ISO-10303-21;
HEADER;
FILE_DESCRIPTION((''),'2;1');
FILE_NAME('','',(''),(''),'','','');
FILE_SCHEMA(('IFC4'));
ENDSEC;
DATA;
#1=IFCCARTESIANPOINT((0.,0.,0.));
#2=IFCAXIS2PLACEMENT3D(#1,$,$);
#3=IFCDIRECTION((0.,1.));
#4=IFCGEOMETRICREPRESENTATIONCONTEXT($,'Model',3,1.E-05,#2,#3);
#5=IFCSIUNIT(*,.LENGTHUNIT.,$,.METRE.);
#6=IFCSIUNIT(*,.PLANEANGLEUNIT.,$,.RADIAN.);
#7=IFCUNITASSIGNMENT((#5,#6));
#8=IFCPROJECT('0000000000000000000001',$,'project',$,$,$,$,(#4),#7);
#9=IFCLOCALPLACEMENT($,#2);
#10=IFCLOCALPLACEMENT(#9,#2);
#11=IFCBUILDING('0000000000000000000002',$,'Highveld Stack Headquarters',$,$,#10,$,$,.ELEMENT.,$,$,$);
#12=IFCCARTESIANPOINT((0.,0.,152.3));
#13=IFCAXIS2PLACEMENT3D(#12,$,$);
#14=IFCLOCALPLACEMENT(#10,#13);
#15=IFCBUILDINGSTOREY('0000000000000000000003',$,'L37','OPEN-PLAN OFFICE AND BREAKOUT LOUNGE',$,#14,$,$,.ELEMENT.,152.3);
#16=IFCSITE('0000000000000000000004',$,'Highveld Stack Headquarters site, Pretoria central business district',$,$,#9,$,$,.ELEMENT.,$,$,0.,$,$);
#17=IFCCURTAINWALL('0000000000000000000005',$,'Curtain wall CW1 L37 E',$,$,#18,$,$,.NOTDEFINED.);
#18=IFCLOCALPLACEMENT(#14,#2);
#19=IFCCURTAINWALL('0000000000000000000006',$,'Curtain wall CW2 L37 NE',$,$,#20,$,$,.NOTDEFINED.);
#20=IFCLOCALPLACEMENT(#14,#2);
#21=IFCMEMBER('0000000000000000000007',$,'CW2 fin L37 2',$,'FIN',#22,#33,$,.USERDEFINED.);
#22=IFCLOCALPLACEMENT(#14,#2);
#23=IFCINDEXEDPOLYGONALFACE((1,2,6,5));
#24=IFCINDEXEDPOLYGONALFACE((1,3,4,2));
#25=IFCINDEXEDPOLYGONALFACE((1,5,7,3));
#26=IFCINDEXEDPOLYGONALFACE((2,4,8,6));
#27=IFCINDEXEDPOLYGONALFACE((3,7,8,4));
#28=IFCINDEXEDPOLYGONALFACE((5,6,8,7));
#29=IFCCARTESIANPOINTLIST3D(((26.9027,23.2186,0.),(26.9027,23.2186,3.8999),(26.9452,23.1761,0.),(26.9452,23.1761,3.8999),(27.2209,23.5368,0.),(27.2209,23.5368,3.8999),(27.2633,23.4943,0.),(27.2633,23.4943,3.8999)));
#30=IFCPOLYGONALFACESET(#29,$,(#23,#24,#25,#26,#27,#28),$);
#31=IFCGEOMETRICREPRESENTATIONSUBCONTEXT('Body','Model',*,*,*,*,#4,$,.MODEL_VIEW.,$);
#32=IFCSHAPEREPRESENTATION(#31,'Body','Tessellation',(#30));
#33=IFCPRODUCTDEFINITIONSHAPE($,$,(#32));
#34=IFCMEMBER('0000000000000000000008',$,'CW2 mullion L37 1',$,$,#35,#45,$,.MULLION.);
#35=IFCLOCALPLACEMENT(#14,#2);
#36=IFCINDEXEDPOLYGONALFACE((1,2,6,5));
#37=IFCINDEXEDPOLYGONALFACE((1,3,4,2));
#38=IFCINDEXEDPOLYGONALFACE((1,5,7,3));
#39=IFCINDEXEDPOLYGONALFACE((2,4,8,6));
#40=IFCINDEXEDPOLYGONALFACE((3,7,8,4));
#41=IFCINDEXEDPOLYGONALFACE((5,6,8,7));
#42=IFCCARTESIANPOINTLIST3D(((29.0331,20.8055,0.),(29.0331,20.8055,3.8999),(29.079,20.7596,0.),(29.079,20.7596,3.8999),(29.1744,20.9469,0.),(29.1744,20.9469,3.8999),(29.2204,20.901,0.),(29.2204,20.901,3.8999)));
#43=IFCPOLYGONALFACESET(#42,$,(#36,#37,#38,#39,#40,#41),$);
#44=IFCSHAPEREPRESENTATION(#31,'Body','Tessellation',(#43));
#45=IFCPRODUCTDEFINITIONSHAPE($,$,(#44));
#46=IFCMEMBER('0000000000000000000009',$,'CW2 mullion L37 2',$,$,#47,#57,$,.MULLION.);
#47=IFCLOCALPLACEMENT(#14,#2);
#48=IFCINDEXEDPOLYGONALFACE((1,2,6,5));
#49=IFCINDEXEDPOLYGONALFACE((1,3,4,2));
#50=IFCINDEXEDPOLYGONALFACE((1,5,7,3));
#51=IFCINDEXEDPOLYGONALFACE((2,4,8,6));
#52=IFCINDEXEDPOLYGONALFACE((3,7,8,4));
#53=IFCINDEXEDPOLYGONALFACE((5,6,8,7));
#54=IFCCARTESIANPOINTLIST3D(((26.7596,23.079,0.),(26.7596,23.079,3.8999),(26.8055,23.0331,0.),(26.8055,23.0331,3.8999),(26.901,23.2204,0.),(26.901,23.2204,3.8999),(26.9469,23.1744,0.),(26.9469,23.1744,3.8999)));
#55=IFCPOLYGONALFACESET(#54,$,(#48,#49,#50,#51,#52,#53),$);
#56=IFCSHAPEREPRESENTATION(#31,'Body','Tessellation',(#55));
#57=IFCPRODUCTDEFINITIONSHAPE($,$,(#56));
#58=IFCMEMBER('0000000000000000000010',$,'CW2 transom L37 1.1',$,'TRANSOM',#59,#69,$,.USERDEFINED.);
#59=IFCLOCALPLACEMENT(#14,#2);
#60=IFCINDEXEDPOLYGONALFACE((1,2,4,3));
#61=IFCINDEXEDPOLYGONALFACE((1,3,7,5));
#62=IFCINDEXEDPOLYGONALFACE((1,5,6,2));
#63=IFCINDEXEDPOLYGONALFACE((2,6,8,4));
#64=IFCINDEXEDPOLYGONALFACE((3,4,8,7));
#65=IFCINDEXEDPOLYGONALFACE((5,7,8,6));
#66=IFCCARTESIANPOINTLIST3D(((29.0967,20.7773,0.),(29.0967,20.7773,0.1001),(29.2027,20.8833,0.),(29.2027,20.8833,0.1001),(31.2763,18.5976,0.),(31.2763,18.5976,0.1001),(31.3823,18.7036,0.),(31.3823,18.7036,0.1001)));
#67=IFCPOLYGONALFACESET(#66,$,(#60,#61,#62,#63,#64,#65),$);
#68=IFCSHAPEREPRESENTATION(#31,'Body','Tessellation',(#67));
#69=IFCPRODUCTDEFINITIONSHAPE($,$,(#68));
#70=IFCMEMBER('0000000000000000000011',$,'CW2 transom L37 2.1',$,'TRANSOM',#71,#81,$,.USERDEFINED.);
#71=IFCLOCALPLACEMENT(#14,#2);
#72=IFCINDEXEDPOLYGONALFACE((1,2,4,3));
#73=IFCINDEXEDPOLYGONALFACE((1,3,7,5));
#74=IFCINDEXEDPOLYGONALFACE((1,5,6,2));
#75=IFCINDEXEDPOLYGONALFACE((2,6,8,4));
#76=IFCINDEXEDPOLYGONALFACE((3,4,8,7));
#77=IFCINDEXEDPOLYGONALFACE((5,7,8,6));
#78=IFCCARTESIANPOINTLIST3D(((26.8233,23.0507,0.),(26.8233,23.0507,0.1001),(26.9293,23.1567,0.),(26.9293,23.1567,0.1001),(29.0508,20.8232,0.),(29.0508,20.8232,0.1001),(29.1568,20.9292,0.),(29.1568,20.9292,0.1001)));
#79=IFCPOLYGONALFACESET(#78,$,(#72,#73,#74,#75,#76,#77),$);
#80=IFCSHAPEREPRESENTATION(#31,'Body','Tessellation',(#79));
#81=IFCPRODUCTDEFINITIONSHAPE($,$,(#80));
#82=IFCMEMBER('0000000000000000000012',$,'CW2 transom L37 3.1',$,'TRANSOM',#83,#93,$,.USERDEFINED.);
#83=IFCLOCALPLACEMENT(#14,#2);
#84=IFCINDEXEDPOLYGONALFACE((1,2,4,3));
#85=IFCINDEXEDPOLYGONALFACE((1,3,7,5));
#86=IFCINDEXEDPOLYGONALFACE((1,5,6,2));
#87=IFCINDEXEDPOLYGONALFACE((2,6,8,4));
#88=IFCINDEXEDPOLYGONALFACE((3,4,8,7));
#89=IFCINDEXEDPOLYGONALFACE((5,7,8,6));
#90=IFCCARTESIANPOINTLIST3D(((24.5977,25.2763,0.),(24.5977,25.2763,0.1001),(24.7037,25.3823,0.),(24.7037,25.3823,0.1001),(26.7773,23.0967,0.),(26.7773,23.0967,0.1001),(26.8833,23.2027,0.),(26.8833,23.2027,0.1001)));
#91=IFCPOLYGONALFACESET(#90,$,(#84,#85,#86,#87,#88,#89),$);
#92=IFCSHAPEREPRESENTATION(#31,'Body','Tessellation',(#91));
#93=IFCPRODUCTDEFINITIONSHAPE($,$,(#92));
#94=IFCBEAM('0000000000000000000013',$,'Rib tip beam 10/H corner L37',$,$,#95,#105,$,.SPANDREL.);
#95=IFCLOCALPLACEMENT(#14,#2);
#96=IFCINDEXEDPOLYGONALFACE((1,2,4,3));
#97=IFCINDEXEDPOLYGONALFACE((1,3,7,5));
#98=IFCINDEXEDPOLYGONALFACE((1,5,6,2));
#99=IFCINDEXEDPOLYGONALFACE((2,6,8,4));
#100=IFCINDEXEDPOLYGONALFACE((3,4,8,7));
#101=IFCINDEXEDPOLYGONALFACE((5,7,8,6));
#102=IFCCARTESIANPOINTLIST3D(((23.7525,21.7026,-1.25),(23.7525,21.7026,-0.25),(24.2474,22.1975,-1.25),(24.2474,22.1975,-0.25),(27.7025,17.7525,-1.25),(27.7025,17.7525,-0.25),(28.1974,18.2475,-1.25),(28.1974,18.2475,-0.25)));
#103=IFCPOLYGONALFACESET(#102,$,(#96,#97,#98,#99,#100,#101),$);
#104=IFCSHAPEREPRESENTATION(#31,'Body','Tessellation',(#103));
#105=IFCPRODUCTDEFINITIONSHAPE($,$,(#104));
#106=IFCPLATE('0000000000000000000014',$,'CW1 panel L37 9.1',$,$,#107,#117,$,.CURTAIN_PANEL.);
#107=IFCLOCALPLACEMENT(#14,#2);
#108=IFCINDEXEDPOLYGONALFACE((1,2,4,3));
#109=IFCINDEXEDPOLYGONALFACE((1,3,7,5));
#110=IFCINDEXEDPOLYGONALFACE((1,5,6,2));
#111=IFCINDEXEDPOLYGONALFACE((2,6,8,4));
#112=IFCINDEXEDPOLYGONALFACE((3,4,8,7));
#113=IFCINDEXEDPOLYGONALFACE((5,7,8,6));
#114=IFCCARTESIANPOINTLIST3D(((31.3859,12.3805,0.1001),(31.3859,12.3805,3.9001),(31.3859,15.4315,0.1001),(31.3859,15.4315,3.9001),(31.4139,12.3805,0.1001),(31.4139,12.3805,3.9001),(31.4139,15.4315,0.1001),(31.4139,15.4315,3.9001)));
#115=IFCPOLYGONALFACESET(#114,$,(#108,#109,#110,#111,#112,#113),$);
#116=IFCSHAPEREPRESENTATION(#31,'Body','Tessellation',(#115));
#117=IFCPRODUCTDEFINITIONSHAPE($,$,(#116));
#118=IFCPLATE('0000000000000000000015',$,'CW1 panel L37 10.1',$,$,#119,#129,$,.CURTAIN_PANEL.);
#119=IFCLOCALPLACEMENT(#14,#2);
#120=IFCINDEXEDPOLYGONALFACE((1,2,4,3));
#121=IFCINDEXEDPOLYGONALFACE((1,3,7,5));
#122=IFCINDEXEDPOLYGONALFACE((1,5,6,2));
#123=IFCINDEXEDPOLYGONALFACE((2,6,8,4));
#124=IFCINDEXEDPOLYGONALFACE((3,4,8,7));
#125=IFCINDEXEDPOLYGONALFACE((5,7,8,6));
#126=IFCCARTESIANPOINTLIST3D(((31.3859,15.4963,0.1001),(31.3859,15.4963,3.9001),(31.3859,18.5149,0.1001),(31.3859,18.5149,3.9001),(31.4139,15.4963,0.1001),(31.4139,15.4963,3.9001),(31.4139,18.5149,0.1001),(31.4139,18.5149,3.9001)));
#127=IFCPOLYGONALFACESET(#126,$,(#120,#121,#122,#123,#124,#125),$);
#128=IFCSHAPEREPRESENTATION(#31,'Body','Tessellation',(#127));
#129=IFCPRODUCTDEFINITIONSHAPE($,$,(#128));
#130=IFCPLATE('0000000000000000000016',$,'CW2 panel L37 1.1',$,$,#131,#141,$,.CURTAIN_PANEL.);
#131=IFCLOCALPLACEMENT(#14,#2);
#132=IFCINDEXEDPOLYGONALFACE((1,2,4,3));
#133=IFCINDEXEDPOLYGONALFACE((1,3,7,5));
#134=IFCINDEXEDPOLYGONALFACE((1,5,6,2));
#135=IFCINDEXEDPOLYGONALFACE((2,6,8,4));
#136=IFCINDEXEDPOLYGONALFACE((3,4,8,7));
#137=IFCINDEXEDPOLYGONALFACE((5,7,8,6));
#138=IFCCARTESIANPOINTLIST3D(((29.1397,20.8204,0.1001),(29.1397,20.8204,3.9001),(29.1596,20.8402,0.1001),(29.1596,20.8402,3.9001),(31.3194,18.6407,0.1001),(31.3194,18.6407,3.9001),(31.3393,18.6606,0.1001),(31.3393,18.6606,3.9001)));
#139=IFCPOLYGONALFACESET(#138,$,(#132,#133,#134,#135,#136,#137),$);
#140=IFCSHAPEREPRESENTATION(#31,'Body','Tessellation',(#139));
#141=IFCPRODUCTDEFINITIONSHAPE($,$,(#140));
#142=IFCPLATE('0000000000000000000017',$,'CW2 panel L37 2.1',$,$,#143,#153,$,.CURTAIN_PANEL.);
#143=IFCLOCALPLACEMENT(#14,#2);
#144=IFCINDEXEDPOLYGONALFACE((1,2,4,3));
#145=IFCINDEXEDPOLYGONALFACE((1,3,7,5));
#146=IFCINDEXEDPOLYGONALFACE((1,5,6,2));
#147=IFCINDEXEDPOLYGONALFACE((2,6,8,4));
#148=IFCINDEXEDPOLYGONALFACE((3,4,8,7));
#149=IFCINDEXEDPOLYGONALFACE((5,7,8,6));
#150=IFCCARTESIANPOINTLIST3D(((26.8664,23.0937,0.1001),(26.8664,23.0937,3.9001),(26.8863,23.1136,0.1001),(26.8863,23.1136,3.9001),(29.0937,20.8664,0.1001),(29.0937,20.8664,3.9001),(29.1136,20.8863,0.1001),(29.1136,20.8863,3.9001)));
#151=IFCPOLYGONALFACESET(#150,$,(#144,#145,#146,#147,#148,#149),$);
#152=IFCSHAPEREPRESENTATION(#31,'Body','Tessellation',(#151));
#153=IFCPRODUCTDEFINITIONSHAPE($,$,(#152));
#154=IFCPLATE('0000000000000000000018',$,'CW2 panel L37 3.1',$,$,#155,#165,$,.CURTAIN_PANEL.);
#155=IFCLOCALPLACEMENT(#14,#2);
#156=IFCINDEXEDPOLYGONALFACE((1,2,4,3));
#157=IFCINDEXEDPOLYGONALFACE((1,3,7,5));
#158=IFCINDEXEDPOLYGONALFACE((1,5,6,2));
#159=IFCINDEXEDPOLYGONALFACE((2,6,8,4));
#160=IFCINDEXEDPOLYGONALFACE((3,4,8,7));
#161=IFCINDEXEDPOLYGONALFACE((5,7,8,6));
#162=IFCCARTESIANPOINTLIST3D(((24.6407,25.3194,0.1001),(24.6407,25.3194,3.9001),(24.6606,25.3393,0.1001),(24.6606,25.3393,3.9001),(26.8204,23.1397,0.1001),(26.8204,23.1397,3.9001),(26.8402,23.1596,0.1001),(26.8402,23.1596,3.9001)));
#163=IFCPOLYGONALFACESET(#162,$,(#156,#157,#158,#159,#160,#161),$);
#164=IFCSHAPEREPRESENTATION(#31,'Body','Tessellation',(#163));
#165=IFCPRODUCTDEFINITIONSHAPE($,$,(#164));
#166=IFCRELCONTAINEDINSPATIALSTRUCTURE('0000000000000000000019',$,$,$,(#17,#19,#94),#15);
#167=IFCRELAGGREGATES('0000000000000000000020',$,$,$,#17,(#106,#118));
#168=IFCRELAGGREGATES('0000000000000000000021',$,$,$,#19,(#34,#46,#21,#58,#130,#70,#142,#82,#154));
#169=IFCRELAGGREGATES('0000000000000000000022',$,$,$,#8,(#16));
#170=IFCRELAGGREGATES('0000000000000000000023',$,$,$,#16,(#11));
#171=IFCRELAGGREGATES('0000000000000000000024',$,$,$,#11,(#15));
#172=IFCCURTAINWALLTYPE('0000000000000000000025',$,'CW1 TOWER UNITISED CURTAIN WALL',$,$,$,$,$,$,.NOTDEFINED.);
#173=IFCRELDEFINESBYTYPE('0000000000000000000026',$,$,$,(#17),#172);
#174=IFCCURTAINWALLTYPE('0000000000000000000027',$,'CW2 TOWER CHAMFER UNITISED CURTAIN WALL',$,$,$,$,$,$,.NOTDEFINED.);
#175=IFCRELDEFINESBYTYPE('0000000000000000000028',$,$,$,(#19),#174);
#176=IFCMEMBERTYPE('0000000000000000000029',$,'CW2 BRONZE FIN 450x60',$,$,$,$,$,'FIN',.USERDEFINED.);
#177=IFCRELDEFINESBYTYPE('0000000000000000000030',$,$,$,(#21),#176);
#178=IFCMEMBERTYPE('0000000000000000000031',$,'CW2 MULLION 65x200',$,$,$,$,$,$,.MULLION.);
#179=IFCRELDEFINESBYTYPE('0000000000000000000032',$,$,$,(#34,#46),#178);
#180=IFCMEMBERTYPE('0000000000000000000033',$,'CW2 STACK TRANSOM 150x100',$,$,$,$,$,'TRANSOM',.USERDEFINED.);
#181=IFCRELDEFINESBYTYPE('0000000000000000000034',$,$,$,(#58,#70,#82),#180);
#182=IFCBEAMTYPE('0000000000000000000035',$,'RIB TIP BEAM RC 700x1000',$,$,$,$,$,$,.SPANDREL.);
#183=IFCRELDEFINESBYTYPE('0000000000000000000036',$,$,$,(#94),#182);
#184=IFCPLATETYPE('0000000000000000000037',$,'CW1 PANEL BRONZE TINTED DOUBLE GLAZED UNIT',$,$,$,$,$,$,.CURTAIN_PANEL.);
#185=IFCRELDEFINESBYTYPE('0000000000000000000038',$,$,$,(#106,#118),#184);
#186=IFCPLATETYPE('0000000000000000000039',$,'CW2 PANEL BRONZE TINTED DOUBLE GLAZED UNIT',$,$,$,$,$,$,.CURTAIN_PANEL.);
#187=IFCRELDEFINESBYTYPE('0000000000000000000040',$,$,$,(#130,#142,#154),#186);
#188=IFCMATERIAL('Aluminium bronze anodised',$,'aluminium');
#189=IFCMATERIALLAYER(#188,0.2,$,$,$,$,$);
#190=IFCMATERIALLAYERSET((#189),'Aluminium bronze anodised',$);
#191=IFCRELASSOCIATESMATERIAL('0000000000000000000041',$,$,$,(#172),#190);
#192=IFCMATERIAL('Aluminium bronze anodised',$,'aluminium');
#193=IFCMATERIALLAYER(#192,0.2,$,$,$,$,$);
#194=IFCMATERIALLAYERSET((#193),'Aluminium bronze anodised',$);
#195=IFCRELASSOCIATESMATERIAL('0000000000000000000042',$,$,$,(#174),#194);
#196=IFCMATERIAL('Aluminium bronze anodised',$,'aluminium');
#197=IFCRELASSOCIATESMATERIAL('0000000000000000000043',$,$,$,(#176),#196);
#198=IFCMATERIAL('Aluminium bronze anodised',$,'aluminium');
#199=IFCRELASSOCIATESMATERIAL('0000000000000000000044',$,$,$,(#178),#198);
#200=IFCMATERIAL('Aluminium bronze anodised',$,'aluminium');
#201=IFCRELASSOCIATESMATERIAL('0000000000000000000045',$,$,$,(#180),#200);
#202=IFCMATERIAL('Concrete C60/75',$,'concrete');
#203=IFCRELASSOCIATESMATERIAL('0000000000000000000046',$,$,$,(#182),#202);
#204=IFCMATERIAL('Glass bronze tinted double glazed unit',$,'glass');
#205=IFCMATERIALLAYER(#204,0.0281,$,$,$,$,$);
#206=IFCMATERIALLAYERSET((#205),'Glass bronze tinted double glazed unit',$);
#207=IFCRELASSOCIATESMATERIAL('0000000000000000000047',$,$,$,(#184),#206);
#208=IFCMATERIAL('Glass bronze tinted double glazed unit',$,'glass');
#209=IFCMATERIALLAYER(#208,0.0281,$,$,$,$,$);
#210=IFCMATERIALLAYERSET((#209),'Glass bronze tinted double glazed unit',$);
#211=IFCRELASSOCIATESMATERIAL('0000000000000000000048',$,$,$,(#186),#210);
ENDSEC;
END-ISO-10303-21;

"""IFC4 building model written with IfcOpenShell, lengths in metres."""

from ifc_helpers import new_model, si_unit, direction, frame, origin, origin_2d, place, context, subcontext, project, spatial, rectangle, extrude, material, layer, layer_set, material_profile, profile_set, type_object, element, aggregate, save


model = new_model("IFC4")

# Units and contexts
model_context = context("Model", 3, precision=1e-05, world=origin(), true_north=direction((0.0, 1.0)))
body_context = subcontext(model_context, "Body", "Model", "MODEL_VIEW")
ifc_project = project(units=[si_unit("LENGTHUNIT", "METRE"), si_unit("PLANEANGLEUNIT", "RADIAN")], contexts=[model_context])

# Site, building, storey
site_placement = place(None, origin())
site = spatial("IfcSite", under=ifc_project, at=site_placement, Name="Highveld Stack Headquarters site, Pretoria central business district", CompositionType="ELEMENT", RefElevation=0.0)
building_placement = place(site_placement, origin())
building = spatial("IfcBuilding", under=site, at=building_placement, Name="Highveld Stack Headquarters", CompositionType="ELEMENT")
storey_placement = place(building_placement, frame((0.0, 0.0, 152.3)))
storey = spatial("IfcBuildingStorey", under=building, at=storey_placement, Name="L37", Description="OPEN-PLAN OFFICE AND BREAKOUT LOUNGE", CompositionType="ELEMENT", Elevation=152.3)

# Curtain wall
ifc_material_1 = material(Name="Aluminium bronze anodised", Category="aluminium")
ifc_layer_1 = layer(ifc_material_1, 0.2)
ifc_layer_set_1 = layer_set([ifc_layer_1], Name="Aluminium bronze anodised")
curtain_wall_type_1 = type_object("IfcCurtainWallType", Name="CW1 TOWER UNITISED CURTAIN WALL", PredefinedType="NOTDEFINED", material=ifc_layer_set_1)
curtain_wall_1_placement = place(storey_placement, origin())
curtain_wall_1 = element("IfcCurtainWall", 1, at=curtain_wall_1_placement, inside=storey, type_object=curtain_wall_type_1, Name="Curtain wall CW1 L37 E", PredefinedType="NOTDEFINED")

# Curtain wall, members
ifc_material_2 = material(Name="Aluminium bronze anodised", Category="aluminium")
ifc_layer_2 = layer(ifc_material_2, 0.2)
ifc_layer_set_2 = layer_set([ifc_layer_2], Name="Aluminium bronze anodised")
curtain_wall_type_2 = type_object("IfcCurtainWallType", Name="CW2 TOWER CHAMFER UNITISED CURTAIN WALL", PredefinedType="NOTDEFINED", material=ifc_layer_set_2)
curtain_wall_2_placement = place(storey_placement, origin())
curtain_wall_2 = element("IfcCurtainWall", 2, at=curtain_wall_2_placement, inside=storey, type_object=curtain_wall_type_2, Name="Curtain wall CW2 L37 NE", PredefinedType="NOTDEFINED")
ifc_material_3 = material(Name="Aluminium bronze anodised", Category="aluminium")
ifc_material_profile_1 = material_profile(ifc_material_3, rectangle(XDim=0.45, YDim=0.0601, at=origin_2d()), Name="FIN 450x60")
ifc_profile_set_1 = profile_set([ifc_material_profile_1], Name="Aluminium bronze anodised")
member_type_1 = type_object("IfcMemberType", Name="CW2 BRONZE FIN 450x60", ElementType="FIN", PredefinedType="USERDEFINED", material=ifc_profile_set_1)
member_1_placement = place(storey_placement, frame((27.083, 23.3564, 0.0), z_axis=(0.0, 0.0, 1.0), x_axis=(-0.707107, -0.707107, 0.0)))
member_1 = element("IfcMember", 3, at=member_1_placement, type_object=member_type_1, Name="CW2 fin L37 2", ObjectType="FIN", PredefinedType="USERDEFINED", context=body_context, shape_type="SweptSolid", body=[
    extrude(rectangle(XDim=0.45, YDim=0.0601, at=origin_2d()), origin(), (0.0, 0.0, 1.0), 3.8999),
])
ifc_material_4 = material(Name="Aluminium bronze anodised", Category="aluminium")
ifc_material_profile_2 = material_profile(ifc_material_4, rectangle(XDim=0.2, YDim=0.0649, at=origin_2d()), Name="CW2 MULLION 65x200")
ifc_profile_set_2 = profile_set([ifc_material_profile_2], Name="Aluminium bronze anodised")
member_type_2 = type_object("IfcMemberType", Name="CW2 MULLION 65x200", PredefinedType="MULLION", material=ifc_profile_set_2)
member_2_placement = place(storey_placement, frame((29.1267, 20.8533, 0.0), z_axis=(0.0, 0.0, 1.0), x_axis=(-0.707107, -0.707107, 0.0)))
member_2 = element("IfcMember", 4, at=member_2_placement, type_object=member_type_2, Name="CW2 mullion L37 1", PredefinedType="MULLION", context=body_context, shape_type="SweptSolid", body=[
    extrude(rectangle(XDim=0.2, YDim=0.0649, at=origin_2d()), origin(), (0.0, 0.0, 1.0), 3.8999),
])
member_3_placement = place(storey_placement, frame((26.8533, 23.1267, 0.0), z_axis=(0.0, 0.0, 1.0), x_axis=(-0.707107, -0.707107, 0.0)))
member_3 = element("IfcMember", 5, at=member_3_placement, type_object=member_type_2, Name="CW2 mullion L37 2", PredefinedType="MULLION", context=body_context, shape_type="SweptSolid", body=[
    extrude(rectangle(XDim=0.2, YDim=0.0649, at=origin_2d()), origin(), (0.0, 0.0, 1.0), 3.8999),
])
ifc_material_5 = material(Name="Aluminium bronze anodised", Category="aluminium")
ifc_material_profile_3 = material_profile(ifc_material_5, rectangle(XDim=0.1499, YDim=0.1001, at=origin_2d()), Name="CW2 TRANSOM 150x100")
ifc_profile_set_3 = profile_set([ifc_material_profile_3], Name="Aluminium bronze anodised")
member_type_3 = type_object("IfcMemberType", Name="CW2 STACK TRANSOM 150x100", ElementType="TRANSOM", PredefinedType="USERDEFINED", material=ifc_profile_set_3)
member_4_placement = place(storey_placement, frame((31.3293, 18.6506, 0.05), z_axis=(-0.707107, 0.707107, 0.0), x_axis=(-0.707107, -0.707107, 0.0)))
member_4 = element("IfcMember", 6, at=member_4_placement, type_object=member_type_3, Name="CW2 transom L37 1.1", ObjectType="TRANSOM", PredefinedType="USERDEFINED", context=body_context, shape_type="SweptSolid", body=[
    extrude(rectangle(XDim=0.1499, YDim=0.1001, at=origin_2d()), origin(), (0.0, 0.0, 1.0), 3.0825),
])
member_5_placement = place(storey_placement, frame((29.1038, 20.8762, 0.05), z_axis=(-0.707107, 0.707107, 0.0), x_axis=(-0.707107, -0.707107, 0.0)))
member_5 = element("IfcMember", 7, at=member_5_placement, type_object=member_type_3, Name="CW2 transom L37 2.1", ObjectType="TRANSOM", PredefinedType="USERDEFINED", context=body_context, shape_type="SweptSolid", body=[
    extrude(rectangle(XDim=0.1499, YDim=0.1001, at=origin_2d()), origin(), (0.0, 0.0, 1.0), 3.1501),
])
member_6_placement = place(storey_placement, frame((26.8303, 23.1497, 0.05), z_axis=(-0.707107, 0.707107, 0.0), x_axis=(-0.707107, -0.707107, 0.0)))
member_6 = element("IfcMember", 8, at=member_6_placement, type_object=member_type_3, Name="CW2 transom L37 3.1", ObjectType="TRANSOM", PredefinedType="USERDEFINED", context=body_context, shape_type="SweptSolid", body=[
    extrude(rectangle(XDim=0.1499, YDim=0.1001, at=origin_2d()), origin(), (0.0, 0.0, 1.0), 3.0825),
])

# Beam
ifc_material_6 = material(Name="Concrete C60/75", Category="concrete")
ifc_material_profile_4 = material_profile(ifc_material_6, rectangle(XDim=0.7, YDim=1.0, at=origin_2d()), Name="RC 700x1000")
ifc_profile_set_4 = profile_set([ifc_material_profile_4], Name="Concrete C60/75")
beam_type_1 = type_object("IfcBeamType", Name="RIB TIP BEAM RC 700x1000", PredefinedType="SPANDREL", material=ifc_profile_set_4)
beam_1_placement = place(storey_placement, frame((27.95, 18.0, -0.75), z_axis=(-0.707107, 0.707107, 0.0), x_axis=(-0.707107, -0.707107, 0.0)))
element("IfcBeam", 9, at=beam_1_placement, inside=storey, type_object=beam_type_1, Name="Rib tip beam 10/H corner L37", PredefinedType="SPANDREL", context=body_context, shape_type="SweptSolid", body=[
    extrude(rectangle(XDim=0.7, YDim=1.0, at=origin_2d()), origin(), (0.0, 0.0, 1.0), 5.5862),
])

# Plates
ifc_material_7 = material(Name="Glass bronze tinted double glazed unit", Category="glass")
ifc_layer_3 = layer(ifc_material_7, 0.0281)
ifc_layer_set_3 = layer_set([ifc_layer_3], Name="Glass bronze tinted double glazed unit")
plate_type_1 = type_object("IfcPlateType", Name="CW1 PANEL BRONZE TINTED DOUBLE GLAZED UNIT", PredefinedType="CURTAIN_PANEL", material=ifc_layer_set_3)
plate_1_placement = place(storey_placement, frame((31.3999, 13.906, 0.1001), z_axis=(0.0, 0.0, 1.0), x_axis=(0.0, 1.0, 0.0)))
plate_1 = element("IfcPlate", 10, at=plate_1_placement, type_object=plate_type_1, Name="CW1 panel L37 9.1", PredefinedType="CURTAIN_PANEL", context=body_context, shape_type="SweptSolid", body=[
    extrude(rectangle(XDim=3.051, YDim=0.0281, at=origin_2d()), origin(), (0.0, 0.0, 1.0), 3.8),
])
plate_2_placement = place(storey_placement, frame((31.3999, 17.0056, 0.1001), z_axis=(0.0, 0.0, 1.0), x_axis=(0.0, 1.0, 0.0)))
plate_2 = element("IfcPlate", 11, at=plate_2_placement, type_object=plate_type_1, Name="CW1 panel L37 10.1", PredefinedType="CURTAIN_PANEL", context=body_context, shape_type="SweptSolid", body=[
    extrude(rectangle(XDim=3.0186, YDim=0.0281, at=origin_2d()), origin(), (0.0, 0.0, 1.0), 3.8),
])
aggregate(curtain_wall_1, [plate_1, plate_2])
ifc_material_8 = material(Name="Glass bronze tinted double glazed unit", Category="glass")
ifc_layer_4 = layer(ifc_material_8, 0.0281)
ifc_layer_set_4 = layer_set([ifc_layer_4], Name="Glass bronze tinted double glazed unit")
plate_type_2 = type_object("IfcPlateType", Name="CW2 PANEL BRONZE TINTED DOUBLE GLAZED UNIT", PredefinedType="CURTAIN_PANEL", material=ifc_layer_set_4)
plate_3_placement = place(storey_placement, frame((30.2395, 19.7405, 0.1001), z_axis=(0.0, 0.0, 1.0), x_axis=(-0.707107, 0.707107, 0.0)))
plate_3 = element("IfcPlate", 12, at=plate_3_placement, type_object=plate_type_2, Name="CW2 panel L37 1.1", PredefinedType="CURTAIN_PANEL", context=body_context, shape_type="SweptSolid", body=[
    extrude(rectangle(XDim=3.0825, YDim=0.0281, at=origin_2d()), origin(), (0.0, 0.0, 1.0), 3.8),
])
plate_4_placement = place(storey_placement, frame((27.99, 21.99, 0.1001), z_axis=(0.0, 0.0, 1.0), x_axis=(-0.707107, 0.707107, 0.0)))
plate_4 = element("IfcPlate", 13, at=plate_4_placement, type_object=plate_type_2, Name="CW2 panel L37 2.1", PredefinedType="CURTAIN_PANEL", context=body_context, shape_type="SweptSolid", body=[
    extrude(rectangle(XDim=3.1499, YDim=0.0281, at=origin_2d()), origin(), (0.0, 0.0, 1.0), 3.8),
])
plate_5_placement = place(storey_placement, frame((25.7405, 24.2395, 0.1001), z_axis=(0.0, 0.0, 1.0), x_axis=(-0.707107, 0.707107, 0.0)))
plate_5 = element("IfcPlate", 14, at=plate_5_placement, type_object=plate_type_2, Name="CW2 panel L37 3.1", PredefinedType="CURTAIN_PANEL", context=body_context, shape_type="SweptSolid", body=[
    extrude(rectangle(XDim=3.0825, YDim=0.0281, at=origin_2d()), origin(), (0.0, 0.0, 1.0), 3.8),
])
aggregate(curtain_wall_2, [member_2, member_3, member_1, member_4, plate_3, member_5, plate_4, member_6, plate_5])

save(model, "model.ifc")
